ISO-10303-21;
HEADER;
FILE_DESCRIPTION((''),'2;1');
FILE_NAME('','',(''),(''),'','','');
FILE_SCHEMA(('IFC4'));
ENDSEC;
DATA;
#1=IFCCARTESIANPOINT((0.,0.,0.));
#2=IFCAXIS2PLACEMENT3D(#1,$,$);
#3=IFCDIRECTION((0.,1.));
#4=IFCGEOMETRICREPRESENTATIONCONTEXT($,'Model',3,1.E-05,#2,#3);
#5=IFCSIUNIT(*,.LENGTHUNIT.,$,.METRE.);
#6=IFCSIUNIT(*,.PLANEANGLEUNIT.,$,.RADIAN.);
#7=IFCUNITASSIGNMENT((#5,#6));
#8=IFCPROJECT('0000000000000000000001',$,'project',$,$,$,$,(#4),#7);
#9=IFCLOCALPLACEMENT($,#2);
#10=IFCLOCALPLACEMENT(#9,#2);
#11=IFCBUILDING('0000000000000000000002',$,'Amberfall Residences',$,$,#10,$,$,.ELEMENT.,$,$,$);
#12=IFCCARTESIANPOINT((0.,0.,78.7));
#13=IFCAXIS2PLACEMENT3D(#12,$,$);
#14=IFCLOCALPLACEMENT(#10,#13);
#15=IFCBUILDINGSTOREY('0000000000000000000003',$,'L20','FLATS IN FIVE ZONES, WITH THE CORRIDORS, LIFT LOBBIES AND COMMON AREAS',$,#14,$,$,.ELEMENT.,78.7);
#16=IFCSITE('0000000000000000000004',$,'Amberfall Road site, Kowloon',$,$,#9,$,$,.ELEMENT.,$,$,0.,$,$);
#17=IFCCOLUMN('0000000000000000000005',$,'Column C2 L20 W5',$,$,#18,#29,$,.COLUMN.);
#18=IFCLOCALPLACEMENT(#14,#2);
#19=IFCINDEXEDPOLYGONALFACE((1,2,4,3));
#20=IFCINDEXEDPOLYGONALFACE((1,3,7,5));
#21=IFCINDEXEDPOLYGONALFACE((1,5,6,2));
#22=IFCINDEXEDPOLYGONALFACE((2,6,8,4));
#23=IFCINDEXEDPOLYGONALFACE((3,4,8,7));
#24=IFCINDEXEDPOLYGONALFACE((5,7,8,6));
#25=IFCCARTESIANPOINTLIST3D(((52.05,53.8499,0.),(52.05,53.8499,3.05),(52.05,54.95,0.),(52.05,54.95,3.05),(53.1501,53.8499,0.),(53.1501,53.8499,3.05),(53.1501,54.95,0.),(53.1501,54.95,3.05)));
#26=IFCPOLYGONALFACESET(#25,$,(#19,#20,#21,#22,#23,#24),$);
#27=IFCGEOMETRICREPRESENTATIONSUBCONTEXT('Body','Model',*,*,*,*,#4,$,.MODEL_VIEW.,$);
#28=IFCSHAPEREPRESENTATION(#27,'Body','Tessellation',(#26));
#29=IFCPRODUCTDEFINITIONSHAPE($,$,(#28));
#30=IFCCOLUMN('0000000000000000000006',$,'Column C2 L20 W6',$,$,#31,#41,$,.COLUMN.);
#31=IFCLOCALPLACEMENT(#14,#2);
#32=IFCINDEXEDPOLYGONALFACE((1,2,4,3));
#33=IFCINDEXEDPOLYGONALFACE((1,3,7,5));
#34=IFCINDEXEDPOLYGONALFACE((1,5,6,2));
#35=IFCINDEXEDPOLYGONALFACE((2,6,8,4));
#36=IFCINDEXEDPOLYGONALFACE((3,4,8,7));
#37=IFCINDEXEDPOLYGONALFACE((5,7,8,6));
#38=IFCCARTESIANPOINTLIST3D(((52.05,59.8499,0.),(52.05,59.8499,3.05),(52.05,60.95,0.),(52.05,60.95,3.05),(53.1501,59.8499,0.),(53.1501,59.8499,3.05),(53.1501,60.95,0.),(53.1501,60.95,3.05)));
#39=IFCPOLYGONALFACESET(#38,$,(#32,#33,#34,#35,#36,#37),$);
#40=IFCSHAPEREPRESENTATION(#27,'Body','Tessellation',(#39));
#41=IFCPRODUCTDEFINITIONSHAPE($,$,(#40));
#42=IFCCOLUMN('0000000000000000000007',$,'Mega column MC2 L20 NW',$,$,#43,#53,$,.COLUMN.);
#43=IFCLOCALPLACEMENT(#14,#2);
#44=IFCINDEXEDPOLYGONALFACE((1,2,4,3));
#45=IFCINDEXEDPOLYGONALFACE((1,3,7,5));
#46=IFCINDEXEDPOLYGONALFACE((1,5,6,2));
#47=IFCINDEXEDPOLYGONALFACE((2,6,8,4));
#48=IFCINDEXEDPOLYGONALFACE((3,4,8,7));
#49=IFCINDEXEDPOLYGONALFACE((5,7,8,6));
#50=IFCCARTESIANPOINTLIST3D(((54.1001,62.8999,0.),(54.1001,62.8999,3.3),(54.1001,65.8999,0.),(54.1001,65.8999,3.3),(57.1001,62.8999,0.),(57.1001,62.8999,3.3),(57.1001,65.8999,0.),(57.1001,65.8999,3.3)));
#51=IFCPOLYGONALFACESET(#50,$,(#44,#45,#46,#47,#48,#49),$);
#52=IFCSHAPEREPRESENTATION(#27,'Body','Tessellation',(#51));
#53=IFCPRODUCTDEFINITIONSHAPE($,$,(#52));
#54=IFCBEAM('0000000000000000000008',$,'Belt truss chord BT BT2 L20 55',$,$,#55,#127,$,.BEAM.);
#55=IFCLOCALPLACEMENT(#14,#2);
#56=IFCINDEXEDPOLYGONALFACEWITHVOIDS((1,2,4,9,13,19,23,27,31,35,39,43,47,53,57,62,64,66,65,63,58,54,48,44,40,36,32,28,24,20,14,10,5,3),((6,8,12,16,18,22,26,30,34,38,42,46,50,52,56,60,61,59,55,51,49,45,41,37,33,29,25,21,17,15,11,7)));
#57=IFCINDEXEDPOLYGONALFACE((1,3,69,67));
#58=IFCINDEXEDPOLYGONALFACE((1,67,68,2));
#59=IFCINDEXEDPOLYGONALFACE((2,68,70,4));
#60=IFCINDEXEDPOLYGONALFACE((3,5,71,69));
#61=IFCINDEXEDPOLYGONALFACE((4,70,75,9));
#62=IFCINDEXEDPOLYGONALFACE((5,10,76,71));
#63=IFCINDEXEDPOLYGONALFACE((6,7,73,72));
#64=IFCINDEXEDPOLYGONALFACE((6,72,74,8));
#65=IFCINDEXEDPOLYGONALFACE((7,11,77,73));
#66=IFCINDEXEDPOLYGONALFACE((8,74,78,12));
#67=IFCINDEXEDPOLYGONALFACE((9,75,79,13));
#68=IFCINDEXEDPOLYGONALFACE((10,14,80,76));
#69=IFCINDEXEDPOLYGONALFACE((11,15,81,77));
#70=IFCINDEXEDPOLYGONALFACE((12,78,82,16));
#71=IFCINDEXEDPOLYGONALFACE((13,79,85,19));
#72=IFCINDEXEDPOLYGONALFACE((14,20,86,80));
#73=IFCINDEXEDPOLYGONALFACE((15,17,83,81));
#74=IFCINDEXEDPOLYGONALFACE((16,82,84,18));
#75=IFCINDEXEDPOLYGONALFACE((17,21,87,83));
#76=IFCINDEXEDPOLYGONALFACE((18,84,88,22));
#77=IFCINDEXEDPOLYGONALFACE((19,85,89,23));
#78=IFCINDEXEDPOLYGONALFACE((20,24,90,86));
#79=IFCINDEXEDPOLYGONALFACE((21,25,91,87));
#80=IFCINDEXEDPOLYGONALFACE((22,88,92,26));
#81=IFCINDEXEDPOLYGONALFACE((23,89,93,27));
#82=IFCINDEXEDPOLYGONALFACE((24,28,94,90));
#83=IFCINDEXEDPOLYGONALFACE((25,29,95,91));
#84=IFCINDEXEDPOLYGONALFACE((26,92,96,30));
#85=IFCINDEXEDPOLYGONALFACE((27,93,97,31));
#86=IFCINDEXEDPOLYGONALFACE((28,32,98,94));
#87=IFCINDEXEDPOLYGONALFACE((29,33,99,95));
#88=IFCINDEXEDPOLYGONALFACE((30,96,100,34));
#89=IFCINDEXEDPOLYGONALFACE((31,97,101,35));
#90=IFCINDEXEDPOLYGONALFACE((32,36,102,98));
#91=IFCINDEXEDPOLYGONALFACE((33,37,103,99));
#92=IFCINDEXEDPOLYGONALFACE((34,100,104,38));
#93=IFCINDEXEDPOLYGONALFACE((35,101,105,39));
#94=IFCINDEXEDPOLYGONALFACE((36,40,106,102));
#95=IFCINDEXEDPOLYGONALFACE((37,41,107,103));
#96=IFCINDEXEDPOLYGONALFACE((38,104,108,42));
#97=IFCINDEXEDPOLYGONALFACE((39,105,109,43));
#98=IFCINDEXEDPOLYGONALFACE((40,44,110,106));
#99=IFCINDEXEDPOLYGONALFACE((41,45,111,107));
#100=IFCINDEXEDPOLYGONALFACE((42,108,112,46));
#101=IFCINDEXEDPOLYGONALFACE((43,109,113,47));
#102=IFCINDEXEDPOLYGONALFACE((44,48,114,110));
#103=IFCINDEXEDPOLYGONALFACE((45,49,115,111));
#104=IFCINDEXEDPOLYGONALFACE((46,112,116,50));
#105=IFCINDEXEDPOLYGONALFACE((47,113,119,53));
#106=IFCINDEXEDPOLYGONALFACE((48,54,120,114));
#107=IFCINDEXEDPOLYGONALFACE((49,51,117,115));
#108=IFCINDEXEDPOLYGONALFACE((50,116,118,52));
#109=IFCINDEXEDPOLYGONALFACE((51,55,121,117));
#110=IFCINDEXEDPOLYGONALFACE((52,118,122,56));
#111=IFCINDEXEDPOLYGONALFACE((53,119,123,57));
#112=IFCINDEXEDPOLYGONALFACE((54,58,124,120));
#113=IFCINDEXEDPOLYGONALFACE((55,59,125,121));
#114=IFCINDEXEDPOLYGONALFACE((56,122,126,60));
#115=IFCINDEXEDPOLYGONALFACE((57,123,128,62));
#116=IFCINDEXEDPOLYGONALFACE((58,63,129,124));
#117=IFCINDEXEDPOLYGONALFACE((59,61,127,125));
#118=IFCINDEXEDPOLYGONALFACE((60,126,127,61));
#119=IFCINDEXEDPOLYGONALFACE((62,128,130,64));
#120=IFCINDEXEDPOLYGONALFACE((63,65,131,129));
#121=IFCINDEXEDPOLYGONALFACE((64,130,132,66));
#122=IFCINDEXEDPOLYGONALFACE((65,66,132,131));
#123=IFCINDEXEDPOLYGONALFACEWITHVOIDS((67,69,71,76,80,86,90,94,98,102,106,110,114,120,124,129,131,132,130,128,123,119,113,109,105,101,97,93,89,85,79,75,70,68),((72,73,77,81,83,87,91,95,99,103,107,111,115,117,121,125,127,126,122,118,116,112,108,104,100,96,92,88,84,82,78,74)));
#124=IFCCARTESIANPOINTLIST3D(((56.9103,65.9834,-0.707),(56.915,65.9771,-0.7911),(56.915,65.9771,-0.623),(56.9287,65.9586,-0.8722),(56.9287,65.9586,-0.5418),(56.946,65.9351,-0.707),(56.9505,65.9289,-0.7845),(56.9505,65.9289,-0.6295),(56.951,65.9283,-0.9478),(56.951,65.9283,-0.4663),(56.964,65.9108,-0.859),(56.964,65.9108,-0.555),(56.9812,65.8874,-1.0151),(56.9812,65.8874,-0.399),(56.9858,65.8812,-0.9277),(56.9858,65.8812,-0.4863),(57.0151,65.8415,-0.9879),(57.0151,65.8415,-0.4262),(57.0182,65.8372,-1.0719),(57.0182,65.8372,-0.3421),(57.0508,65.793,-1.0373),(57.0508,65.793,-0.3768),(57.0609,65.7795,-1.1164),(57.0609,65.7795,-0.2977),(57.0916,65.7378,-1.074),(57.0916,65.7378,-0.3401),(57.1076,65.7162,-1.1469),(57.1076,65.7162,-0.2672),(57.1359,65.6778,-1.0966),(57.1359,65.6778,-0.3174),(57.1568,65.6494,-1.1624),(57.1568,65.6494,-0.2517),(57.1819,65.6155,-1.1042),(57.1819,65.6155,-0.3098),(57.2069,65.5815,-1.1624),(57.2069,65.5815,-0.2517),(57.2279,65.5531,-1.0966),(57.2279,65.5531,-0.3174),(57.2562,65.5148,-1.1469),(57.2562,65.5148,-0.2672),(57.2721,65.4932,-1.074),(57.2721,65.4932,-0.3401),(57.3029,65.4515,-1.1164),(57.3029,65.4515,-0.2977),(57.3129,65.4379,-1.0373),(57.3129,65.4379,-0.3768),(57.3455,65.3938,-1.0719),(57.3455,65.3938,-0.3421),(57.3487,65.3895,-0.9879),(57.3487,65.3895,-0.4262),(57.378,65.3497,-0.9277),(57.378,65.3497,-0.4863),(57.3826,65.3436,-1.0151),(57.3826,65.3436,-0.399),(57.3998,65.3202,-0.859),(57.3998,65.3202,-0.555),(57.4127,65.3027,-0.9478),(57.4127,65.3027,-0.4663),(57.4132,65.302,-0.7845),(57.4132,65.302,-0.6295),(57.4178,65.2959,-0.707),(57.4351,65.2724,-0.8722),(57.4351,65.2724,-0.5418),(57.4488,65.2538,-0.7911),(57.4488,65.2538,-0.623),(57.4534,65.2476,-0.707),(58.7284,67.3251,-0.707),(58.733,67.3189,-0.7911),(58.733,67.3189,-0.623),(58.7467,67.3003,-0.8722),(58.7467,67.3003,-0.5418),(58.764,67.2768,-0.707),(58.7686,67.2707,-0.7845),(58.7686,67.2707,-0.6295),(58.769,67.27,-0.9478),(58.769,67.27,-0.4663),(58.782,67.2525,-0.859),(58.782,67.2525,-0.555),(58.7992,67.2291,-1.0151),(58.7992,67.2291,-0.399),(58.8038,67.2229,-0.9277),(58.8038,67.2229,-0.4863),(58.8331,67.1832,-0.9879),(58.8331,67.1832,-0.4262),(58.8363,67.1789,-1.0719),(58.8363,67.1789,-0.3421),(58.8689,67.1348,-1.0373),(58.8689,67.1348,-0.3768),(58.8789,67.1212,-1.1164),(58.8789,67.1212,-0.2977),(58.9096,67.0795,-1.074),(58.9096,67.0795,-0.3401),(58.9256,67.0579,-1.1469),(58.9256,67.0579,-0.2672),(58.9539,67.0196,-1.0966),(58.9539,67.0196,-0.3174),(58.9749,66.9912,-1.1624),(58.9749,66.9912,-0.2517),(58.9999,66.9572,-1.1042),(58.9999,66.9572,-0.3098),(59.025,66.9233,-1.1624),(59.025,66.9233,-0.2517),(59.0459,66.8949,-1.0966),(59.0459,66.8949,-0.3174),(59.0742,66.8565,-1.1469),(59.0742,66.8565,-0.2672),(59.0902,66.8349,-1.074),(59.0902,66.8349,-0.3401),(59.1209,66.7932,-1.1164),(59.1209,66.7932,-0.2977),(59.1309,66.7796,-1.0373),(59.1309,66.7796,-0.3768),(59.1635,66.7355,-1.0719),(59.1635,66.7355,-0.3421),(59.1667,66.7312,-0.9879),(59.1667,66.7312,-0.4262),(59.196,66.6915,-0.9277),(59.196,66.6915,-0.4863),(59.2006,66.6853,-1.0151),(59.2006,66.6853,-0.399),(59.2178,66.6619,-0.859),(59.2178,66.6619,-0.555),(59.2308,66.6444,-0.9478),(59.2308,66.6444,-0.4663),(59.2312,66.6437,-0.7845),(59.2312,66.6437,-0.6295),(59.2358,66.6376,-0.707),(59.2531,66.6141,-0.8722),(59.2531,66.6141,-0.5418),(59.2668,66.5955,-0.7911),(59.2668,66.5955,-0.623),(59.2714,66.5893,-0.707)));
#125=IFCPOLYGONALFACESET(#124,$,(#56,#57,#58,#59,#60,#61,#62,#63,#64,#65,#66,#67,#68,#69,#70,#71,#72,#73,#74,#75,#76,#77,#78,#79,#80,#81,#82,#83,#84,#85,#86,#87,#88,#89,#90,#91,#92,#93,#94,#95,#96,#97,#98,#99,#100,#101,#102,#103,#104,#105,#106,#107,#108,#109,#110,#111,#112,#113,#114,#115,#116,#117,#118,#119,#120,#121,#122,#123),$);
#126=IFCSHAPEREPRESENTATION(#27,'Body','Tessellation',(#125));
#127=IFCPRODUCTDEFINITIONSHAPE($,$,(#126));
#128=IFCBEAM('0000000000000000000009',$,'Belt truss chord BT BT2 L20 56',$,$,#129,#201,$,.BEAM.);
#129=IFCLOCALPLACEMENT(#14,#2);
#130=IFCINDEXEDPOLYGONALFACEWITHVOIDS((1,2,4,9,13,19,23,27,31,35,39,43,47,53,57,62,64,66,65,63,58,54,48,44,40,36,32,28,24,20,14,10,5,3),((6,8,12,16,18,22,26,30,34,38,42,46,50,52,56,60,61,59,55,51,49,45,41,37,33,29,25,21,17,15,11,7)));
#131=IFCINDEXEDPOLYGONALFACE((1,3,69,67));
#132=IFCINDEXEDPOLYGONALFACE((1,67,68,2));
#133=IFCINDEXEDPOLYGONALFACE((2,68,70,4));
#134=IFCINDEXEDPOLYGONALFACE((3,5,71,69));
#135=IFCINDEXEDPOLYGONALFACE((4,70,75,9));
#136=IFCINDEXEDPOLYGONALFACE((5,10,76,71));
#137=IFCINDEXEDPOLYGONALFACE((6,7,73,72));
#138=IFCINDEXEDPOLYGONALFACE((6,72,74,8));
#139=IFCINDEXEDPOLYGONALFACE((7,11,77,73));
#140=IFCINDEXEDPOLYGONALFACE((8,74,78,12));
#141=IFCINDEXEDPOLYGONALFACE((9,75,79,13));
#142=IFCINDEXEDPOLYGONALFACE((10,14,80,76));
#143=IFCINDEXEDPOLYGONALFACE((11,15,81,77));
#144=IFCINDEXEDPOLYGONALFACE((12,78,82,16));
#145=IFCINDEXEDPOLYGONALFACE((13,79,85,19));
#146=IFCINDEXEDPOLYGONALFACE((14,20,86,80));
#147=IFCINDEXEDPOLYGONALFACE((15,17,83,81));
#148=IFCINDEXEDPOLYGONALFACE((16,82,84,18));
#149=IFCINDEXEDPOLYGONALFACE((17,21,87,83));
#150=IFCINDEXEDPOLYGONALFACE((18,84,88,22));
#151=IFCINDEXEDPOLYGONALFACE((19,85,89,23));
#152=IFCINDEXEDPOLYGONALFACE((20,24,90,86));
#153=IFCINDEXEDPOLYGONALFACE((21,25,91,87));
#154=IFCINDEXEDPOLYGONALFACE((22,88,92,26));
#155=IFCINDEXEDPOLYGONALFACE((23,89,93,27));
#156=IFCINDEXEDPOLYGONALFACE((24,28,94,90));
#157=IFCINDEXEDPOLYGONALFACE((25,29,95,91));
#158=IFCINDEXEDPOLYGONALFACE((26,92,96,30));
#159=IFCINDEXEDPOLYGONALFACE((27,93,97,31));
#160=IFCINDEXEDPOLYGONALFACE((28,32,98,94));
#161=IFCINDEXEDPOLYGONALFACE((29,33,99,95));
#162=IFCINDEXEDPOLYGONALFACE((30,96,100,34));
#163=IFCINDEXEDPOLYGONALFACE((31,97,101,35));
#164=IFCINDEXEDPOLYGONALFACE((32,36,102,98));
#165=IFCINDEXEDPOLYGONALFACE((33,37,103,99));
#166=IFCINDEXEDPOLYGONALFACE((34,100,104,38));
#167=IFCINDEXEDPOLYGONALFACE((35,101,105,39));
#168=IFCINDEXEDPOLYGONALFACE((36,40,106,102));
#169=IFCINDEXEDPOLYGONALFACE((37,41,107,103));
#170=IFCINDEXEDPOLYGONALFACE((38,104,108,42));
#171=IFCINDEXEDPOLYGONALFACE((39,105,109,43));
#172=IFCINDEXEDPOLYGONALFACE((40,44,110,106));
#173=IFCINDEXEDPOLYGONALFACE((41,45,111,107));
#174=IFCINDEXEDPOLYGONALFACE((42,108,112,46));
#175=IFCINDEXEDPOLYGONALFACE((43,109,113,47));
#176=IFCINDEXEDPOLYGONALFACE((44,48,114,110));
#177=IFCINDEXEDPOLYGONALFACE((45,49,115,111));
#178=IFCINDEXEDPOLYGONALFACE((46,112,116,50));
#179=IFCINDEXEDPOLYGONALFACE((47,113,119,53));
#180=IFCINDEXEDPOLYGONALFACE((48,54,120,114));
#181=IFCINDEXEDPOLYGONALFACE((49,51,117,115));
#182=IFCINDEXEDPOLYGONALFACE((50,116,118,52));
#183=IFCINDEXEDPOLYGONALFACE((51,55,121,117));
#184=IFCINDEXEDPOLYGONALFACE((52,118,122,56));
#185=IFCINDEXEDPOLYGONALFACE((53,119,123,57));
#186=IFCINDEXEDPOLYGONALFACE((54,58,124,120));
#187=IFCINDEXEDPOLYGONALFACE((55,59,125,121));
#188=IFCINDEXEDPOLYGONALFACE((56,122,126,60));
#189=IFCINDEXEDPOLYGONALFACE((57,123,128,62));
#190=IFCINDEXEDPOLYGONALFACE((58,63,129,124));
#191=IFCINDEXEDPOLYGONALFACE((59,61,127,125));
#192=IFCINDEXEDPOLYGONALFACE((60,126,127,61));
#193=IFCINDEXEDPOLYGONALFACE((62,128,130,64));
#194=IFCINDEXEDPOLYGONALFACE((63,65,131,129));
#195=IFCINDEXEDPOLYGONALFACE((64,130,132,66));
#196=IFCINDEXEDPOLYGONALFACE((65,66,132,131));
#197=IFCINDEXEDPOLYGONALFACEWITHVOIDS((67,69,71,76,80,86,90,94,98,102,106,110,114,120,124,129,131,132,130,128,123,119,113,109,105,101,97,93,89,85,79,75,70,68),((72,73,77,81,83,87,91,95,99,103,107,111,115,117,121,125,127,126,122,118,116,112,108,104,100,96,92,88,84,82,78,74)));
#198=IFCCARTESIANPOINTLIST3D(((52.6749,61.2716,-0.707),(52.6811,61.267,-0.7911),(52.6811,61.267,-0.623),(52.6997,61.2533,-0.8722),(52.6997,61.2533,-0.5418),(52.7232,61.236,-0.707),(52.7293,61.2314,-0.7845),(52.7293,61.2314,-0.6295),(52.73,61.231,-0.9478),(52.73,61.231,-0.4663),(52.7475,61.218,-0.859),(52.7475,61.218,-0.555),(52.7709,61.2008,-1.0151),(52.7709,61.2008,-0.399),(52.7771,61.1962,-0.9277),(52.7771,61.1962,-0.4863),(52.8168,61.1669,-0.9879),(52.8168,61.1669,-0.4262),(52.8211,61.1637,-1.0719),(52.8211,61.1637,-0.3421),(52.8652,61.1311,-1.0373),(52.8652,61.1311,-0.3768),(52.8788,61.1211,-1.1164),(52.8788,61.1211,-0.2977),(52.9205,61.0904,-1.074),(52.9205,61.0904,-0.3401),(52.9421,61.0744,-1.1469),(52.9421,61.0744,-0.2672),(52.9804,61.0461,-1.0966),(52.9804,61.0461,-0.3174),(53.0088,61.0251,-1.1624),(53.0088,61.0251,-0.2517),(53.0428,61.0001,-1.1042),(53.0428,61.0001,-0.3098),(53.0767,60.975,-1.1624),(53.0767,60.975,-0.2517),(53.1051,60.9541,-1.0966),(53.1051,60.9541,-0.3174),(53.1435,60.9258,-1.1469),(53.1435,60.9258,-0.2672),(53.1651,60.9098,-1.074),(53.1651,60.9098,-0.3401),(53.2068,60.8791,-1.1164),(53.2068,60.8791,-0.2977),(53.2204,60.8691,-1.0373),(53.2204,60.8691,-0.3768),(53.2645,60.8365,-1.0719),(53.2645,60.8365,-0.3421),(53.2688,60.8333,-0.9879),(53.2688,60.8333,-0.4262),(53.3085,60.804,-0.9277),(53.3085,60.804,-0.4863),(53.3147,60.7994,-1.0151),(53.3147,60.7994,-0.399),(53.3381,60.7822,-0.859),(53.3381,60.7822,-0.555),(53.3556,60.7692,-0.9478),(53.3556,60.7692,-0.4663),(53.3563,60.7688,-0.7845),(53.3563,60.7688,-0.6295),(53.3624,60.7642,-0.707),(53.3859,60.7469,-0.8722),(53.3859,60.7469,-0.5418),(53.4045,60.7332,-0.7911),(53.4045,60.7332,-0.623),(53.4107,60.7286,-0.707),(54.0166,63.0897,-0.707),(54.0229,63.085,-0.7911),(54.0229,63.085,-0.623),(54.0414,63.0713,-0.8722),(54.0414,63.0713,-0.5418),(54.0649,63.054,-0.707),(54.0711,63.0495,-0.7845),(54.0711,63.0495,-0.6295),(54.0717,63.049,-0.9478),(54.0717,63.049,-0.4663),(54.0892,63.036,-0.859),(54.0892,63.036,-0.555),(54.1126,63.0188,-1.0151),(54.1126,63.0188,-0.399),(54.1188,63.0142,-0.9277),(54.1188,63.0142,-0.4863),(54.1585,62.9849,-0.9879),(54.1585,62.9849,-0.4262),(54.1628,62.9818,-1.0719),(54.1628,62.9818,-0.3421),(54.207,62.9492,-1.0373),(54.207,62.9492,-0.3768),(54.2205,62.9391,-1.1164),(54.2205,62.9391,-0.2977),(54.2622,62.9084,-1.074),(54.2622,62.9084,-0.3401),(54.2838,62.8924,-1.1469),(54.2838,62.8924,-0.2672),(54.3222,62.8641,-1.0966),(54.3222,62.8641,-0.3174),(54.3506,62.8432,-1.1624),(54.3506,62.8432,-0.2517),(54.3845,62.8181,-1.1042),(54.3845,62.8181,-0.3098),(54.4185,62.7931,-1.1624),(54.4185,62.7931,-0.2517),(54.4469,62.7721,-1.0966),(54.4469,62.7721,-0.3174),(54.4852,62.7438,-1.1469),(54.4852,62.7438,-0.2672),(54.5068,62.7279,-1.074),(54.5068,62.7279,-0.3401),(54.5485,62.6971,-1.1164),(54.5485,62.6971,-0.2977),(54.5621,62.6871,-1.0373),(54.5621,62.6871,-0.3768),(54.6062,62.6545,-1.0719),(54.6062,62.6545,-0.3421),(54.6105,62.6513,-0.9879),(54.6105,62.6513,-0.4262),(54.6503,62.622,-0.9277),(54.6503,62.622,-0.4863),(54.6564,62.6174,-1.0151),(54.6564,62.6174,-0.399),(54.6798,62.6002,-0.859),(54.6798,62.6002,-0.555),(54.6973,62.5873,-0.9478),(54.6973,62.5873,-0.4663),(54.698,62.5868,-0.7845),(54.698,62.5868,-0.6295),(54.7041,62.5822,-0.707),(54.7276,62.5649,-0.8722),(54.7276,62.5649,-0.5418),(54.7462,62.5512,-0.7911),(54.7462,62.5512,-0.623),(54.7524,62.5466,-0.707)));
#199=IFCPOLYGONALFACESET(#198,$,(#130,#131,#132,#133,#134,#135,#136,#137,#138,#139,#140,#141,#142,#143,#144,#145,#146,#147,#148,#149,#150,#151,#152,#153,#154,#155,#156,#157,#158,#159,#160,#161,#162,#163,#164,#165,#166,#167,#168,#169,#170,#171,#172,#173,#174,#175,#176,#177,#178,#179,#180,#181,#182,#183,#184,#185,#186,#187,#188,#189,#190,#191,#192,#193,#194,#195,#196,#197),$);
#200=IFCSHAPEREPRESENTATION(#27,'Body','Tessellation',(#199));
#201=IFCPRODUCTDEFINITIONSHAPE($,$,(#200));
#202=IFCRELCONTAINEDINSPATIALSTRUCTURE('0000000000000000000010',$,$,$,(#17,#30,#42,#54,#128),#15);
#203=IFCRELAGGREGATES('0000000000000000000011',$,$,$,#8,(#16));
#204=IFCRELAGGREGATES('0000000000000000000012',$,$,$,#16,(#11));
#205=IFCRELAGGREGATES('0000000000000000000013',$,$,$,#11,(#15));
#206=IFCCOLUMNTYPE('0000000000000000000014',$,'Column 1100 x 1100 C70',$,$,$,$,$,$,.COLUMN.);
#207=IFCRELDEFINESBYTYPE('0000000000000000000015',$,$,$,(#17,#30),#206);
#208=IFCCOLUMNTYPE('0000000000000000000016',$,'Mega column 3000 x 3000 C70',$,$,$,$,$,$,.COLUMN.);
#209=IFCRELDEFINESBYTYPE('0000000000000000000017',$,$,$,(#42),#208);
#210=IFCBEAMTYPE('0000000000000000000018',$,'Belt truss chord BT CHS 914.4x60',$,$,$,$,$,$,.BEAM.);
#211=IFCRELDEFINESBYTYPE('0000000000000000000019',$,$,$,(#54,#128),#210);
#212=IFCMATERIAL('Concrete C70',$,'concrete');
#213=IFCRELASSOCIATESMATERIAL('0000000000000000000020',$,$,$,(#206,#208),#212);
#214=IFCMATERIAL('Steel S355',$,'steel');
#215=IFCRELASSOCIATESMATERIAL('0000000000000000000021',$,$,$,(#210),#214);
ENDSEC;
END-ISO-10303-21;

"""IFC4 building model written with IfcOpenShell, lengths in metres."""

from ifc_helpers import new_model, si_unit, direction, frame, origin, origin_2d, place, context, subcontext, project, spatial, rectangle, hollow_circle, extrude, material, material_profile, profile_set, type_object, element, save


model = new_model("IFC4")

# Units and contexts
model_context = context("Model", 3, precision=1e-05, world=origin(), true_north=direction((0.0, 1.0)))
body_context = subcontext(model_context, "Body", "Model", "MODEL_VIEW")
ifc_project = project(units=[si_unit("LENGTHUNIT", "METRE"), si_unit("PLANEANGLEUNIT", "RADIAN")], contexts=[model_context])

# Site, building, storey
site_placement = place(None, origin())
site = spatial("IfcSite", under=ifc_project, at=site_placement, Name="Amberfall Road site, Kowloon", CompositionType="ELEMENT", RefElevation=0.0)
building_placement = place(site_placement, origin())
building = spatial("IfcBuilding", under=site, at=building_placement, Name="Amberfall Residences", CompositionType="ELEMENT")
storey_placement = place(building_placement, frame((0.0, 0.0, 78.7)))
storey = spatial("IfcBuildingStorey", under=building, at=storey_placement, Name="L20", Description="FLATS IN FIVE ZONES, WITH THE CORRIDORS, LIFT LOBBIES AND COMMON AREAS", CompositionType="ELEMENT", Elevation=78.7)

# Columns
ifc_material_1 = material(Name="Concrete C70", Category="concrete")
ifc_material_profile_1 = material_profile(ifc_material_1, rectangle(XDim=1.1001, YDim=1.1001, at=origin_2d()), Name="Column 1100 x 1100 C70")
ifc_profile_set_1 = profile_set([ifc_material_profile_1], Name="Concrete C70")
column_type_1 = type_object("IfcColumnType", Name="Column 1100 x 1100 C70", PredefinedType="COLUMN", material=ifc_profile_set_1)
for number, where, z_axis, x_axis, name in (
    (1, (52.6001, 54.3999, 0.0), (0.0, 0.0, 1.0), (1.0, 0.0, 0.0), "Column C2 L20 W5"),
    (2, (52.6001, 60.3999, 0.0), (0.0, 0.0, 1.0), (1.0, 0.0, 0.0), "Column C2 L20 W6"),
):
    element("IfcColumn", number, at=place(storey_placement, frame(where, z_axis=z_axis, x_axis=x_axis)), inside=storey, type_object=column_type_1, Name=name, PredefinedType="COLUMN", context=body_context, shape_type="SweptSolid", body=[
        extrude(rectangle(XDim=1.1001, YDim=1.1001, at=origin_2d()), origin(), (0.0, 0.0, 1.0), 3.05),
    ])
ifc_material_profile_2 = material_profile(ifc_material_1, rectangle(XDim=3.0, YDim=3.0, at=origin_2d()), Name="Mega column 3000 x 3000 C70")
ifc_profile_set_2 = profile_set([ifc_material_profile_2], Name="Concrete C70")
column_type_2 = type_object("IfcColumnType", Name="Mega column 3000 x 3000 C70", PredefinedType="COLUMN", material=ifc_profile_set_2)
column_placement = place(storey_placement, frame((55.6001, 64.3999, 0.0), z_axis=(0.0, 0.0, 1.0), x_axis=(1.0, 0.0, 0.0)))
element("IfcColumn", 3, at=column_placement, inside=storey, type_object=column_type_2, Name="Mega column MC2 L20 NW", PredefinedType="COLUMN", context=body_context, shape_type="SweptSolid", body=[
    extrude(rectangle(XDim=3.0, YDim=3.0, at=origin_2d()), origin(), (0.0, 0.0, 1.0), 3.3),
])

# Beams
ifc_material_2 = material(Name="Steel S355", Category="steel")
ifc_material_profile_3 = material_profile(ifc_material_2, hollow_circle(Radius=0.4573, WallThickness=0.0601, at=origin_2d()), Name="CHS 914.4x60")
ifc_profile_set_3 = profile_set([ifc_material_profile_3], Name="Steel S355")
beam_type_1 = type_object("IfcBeamType", Name="Belt truss chord BT CHS 914.4x60", PredefinedType="BEAM", material=ifc_profile_set_3)
for number, where, z_axis, x_axis, name in (
    (4, (57.1819, 65.6155, -0.707), (0.804605, 0.593811, 0.0), (-0.593811, 0.804605, 0.0), "Belt truss chord BT BT2 L20 55"),
    (5, (54.3845, 62.8181, -0.707), (-0.593811, -0.804605, 0.0), (0.804605, -0.593811, 0.0), "Belt truss chord BT BT2 L20 56"),
):
    element("IfcBeam", number, at=place(storey_placement, frame(where, z_axis=z_axis, x_axis=x_axis)), inside=storey, type_object=beam_type_1, Name=name, PredefinedType="BEAM", context=body_context, shape_type="SweptSolid", body=[
        extrude(hollow_circle(Radius=0.4573, WallThickness=0.0601, at=origin_2d()), origin(), (0.0, 0.0, 1.0), 2.2595),
    ])

save(model, "model.ifc")
